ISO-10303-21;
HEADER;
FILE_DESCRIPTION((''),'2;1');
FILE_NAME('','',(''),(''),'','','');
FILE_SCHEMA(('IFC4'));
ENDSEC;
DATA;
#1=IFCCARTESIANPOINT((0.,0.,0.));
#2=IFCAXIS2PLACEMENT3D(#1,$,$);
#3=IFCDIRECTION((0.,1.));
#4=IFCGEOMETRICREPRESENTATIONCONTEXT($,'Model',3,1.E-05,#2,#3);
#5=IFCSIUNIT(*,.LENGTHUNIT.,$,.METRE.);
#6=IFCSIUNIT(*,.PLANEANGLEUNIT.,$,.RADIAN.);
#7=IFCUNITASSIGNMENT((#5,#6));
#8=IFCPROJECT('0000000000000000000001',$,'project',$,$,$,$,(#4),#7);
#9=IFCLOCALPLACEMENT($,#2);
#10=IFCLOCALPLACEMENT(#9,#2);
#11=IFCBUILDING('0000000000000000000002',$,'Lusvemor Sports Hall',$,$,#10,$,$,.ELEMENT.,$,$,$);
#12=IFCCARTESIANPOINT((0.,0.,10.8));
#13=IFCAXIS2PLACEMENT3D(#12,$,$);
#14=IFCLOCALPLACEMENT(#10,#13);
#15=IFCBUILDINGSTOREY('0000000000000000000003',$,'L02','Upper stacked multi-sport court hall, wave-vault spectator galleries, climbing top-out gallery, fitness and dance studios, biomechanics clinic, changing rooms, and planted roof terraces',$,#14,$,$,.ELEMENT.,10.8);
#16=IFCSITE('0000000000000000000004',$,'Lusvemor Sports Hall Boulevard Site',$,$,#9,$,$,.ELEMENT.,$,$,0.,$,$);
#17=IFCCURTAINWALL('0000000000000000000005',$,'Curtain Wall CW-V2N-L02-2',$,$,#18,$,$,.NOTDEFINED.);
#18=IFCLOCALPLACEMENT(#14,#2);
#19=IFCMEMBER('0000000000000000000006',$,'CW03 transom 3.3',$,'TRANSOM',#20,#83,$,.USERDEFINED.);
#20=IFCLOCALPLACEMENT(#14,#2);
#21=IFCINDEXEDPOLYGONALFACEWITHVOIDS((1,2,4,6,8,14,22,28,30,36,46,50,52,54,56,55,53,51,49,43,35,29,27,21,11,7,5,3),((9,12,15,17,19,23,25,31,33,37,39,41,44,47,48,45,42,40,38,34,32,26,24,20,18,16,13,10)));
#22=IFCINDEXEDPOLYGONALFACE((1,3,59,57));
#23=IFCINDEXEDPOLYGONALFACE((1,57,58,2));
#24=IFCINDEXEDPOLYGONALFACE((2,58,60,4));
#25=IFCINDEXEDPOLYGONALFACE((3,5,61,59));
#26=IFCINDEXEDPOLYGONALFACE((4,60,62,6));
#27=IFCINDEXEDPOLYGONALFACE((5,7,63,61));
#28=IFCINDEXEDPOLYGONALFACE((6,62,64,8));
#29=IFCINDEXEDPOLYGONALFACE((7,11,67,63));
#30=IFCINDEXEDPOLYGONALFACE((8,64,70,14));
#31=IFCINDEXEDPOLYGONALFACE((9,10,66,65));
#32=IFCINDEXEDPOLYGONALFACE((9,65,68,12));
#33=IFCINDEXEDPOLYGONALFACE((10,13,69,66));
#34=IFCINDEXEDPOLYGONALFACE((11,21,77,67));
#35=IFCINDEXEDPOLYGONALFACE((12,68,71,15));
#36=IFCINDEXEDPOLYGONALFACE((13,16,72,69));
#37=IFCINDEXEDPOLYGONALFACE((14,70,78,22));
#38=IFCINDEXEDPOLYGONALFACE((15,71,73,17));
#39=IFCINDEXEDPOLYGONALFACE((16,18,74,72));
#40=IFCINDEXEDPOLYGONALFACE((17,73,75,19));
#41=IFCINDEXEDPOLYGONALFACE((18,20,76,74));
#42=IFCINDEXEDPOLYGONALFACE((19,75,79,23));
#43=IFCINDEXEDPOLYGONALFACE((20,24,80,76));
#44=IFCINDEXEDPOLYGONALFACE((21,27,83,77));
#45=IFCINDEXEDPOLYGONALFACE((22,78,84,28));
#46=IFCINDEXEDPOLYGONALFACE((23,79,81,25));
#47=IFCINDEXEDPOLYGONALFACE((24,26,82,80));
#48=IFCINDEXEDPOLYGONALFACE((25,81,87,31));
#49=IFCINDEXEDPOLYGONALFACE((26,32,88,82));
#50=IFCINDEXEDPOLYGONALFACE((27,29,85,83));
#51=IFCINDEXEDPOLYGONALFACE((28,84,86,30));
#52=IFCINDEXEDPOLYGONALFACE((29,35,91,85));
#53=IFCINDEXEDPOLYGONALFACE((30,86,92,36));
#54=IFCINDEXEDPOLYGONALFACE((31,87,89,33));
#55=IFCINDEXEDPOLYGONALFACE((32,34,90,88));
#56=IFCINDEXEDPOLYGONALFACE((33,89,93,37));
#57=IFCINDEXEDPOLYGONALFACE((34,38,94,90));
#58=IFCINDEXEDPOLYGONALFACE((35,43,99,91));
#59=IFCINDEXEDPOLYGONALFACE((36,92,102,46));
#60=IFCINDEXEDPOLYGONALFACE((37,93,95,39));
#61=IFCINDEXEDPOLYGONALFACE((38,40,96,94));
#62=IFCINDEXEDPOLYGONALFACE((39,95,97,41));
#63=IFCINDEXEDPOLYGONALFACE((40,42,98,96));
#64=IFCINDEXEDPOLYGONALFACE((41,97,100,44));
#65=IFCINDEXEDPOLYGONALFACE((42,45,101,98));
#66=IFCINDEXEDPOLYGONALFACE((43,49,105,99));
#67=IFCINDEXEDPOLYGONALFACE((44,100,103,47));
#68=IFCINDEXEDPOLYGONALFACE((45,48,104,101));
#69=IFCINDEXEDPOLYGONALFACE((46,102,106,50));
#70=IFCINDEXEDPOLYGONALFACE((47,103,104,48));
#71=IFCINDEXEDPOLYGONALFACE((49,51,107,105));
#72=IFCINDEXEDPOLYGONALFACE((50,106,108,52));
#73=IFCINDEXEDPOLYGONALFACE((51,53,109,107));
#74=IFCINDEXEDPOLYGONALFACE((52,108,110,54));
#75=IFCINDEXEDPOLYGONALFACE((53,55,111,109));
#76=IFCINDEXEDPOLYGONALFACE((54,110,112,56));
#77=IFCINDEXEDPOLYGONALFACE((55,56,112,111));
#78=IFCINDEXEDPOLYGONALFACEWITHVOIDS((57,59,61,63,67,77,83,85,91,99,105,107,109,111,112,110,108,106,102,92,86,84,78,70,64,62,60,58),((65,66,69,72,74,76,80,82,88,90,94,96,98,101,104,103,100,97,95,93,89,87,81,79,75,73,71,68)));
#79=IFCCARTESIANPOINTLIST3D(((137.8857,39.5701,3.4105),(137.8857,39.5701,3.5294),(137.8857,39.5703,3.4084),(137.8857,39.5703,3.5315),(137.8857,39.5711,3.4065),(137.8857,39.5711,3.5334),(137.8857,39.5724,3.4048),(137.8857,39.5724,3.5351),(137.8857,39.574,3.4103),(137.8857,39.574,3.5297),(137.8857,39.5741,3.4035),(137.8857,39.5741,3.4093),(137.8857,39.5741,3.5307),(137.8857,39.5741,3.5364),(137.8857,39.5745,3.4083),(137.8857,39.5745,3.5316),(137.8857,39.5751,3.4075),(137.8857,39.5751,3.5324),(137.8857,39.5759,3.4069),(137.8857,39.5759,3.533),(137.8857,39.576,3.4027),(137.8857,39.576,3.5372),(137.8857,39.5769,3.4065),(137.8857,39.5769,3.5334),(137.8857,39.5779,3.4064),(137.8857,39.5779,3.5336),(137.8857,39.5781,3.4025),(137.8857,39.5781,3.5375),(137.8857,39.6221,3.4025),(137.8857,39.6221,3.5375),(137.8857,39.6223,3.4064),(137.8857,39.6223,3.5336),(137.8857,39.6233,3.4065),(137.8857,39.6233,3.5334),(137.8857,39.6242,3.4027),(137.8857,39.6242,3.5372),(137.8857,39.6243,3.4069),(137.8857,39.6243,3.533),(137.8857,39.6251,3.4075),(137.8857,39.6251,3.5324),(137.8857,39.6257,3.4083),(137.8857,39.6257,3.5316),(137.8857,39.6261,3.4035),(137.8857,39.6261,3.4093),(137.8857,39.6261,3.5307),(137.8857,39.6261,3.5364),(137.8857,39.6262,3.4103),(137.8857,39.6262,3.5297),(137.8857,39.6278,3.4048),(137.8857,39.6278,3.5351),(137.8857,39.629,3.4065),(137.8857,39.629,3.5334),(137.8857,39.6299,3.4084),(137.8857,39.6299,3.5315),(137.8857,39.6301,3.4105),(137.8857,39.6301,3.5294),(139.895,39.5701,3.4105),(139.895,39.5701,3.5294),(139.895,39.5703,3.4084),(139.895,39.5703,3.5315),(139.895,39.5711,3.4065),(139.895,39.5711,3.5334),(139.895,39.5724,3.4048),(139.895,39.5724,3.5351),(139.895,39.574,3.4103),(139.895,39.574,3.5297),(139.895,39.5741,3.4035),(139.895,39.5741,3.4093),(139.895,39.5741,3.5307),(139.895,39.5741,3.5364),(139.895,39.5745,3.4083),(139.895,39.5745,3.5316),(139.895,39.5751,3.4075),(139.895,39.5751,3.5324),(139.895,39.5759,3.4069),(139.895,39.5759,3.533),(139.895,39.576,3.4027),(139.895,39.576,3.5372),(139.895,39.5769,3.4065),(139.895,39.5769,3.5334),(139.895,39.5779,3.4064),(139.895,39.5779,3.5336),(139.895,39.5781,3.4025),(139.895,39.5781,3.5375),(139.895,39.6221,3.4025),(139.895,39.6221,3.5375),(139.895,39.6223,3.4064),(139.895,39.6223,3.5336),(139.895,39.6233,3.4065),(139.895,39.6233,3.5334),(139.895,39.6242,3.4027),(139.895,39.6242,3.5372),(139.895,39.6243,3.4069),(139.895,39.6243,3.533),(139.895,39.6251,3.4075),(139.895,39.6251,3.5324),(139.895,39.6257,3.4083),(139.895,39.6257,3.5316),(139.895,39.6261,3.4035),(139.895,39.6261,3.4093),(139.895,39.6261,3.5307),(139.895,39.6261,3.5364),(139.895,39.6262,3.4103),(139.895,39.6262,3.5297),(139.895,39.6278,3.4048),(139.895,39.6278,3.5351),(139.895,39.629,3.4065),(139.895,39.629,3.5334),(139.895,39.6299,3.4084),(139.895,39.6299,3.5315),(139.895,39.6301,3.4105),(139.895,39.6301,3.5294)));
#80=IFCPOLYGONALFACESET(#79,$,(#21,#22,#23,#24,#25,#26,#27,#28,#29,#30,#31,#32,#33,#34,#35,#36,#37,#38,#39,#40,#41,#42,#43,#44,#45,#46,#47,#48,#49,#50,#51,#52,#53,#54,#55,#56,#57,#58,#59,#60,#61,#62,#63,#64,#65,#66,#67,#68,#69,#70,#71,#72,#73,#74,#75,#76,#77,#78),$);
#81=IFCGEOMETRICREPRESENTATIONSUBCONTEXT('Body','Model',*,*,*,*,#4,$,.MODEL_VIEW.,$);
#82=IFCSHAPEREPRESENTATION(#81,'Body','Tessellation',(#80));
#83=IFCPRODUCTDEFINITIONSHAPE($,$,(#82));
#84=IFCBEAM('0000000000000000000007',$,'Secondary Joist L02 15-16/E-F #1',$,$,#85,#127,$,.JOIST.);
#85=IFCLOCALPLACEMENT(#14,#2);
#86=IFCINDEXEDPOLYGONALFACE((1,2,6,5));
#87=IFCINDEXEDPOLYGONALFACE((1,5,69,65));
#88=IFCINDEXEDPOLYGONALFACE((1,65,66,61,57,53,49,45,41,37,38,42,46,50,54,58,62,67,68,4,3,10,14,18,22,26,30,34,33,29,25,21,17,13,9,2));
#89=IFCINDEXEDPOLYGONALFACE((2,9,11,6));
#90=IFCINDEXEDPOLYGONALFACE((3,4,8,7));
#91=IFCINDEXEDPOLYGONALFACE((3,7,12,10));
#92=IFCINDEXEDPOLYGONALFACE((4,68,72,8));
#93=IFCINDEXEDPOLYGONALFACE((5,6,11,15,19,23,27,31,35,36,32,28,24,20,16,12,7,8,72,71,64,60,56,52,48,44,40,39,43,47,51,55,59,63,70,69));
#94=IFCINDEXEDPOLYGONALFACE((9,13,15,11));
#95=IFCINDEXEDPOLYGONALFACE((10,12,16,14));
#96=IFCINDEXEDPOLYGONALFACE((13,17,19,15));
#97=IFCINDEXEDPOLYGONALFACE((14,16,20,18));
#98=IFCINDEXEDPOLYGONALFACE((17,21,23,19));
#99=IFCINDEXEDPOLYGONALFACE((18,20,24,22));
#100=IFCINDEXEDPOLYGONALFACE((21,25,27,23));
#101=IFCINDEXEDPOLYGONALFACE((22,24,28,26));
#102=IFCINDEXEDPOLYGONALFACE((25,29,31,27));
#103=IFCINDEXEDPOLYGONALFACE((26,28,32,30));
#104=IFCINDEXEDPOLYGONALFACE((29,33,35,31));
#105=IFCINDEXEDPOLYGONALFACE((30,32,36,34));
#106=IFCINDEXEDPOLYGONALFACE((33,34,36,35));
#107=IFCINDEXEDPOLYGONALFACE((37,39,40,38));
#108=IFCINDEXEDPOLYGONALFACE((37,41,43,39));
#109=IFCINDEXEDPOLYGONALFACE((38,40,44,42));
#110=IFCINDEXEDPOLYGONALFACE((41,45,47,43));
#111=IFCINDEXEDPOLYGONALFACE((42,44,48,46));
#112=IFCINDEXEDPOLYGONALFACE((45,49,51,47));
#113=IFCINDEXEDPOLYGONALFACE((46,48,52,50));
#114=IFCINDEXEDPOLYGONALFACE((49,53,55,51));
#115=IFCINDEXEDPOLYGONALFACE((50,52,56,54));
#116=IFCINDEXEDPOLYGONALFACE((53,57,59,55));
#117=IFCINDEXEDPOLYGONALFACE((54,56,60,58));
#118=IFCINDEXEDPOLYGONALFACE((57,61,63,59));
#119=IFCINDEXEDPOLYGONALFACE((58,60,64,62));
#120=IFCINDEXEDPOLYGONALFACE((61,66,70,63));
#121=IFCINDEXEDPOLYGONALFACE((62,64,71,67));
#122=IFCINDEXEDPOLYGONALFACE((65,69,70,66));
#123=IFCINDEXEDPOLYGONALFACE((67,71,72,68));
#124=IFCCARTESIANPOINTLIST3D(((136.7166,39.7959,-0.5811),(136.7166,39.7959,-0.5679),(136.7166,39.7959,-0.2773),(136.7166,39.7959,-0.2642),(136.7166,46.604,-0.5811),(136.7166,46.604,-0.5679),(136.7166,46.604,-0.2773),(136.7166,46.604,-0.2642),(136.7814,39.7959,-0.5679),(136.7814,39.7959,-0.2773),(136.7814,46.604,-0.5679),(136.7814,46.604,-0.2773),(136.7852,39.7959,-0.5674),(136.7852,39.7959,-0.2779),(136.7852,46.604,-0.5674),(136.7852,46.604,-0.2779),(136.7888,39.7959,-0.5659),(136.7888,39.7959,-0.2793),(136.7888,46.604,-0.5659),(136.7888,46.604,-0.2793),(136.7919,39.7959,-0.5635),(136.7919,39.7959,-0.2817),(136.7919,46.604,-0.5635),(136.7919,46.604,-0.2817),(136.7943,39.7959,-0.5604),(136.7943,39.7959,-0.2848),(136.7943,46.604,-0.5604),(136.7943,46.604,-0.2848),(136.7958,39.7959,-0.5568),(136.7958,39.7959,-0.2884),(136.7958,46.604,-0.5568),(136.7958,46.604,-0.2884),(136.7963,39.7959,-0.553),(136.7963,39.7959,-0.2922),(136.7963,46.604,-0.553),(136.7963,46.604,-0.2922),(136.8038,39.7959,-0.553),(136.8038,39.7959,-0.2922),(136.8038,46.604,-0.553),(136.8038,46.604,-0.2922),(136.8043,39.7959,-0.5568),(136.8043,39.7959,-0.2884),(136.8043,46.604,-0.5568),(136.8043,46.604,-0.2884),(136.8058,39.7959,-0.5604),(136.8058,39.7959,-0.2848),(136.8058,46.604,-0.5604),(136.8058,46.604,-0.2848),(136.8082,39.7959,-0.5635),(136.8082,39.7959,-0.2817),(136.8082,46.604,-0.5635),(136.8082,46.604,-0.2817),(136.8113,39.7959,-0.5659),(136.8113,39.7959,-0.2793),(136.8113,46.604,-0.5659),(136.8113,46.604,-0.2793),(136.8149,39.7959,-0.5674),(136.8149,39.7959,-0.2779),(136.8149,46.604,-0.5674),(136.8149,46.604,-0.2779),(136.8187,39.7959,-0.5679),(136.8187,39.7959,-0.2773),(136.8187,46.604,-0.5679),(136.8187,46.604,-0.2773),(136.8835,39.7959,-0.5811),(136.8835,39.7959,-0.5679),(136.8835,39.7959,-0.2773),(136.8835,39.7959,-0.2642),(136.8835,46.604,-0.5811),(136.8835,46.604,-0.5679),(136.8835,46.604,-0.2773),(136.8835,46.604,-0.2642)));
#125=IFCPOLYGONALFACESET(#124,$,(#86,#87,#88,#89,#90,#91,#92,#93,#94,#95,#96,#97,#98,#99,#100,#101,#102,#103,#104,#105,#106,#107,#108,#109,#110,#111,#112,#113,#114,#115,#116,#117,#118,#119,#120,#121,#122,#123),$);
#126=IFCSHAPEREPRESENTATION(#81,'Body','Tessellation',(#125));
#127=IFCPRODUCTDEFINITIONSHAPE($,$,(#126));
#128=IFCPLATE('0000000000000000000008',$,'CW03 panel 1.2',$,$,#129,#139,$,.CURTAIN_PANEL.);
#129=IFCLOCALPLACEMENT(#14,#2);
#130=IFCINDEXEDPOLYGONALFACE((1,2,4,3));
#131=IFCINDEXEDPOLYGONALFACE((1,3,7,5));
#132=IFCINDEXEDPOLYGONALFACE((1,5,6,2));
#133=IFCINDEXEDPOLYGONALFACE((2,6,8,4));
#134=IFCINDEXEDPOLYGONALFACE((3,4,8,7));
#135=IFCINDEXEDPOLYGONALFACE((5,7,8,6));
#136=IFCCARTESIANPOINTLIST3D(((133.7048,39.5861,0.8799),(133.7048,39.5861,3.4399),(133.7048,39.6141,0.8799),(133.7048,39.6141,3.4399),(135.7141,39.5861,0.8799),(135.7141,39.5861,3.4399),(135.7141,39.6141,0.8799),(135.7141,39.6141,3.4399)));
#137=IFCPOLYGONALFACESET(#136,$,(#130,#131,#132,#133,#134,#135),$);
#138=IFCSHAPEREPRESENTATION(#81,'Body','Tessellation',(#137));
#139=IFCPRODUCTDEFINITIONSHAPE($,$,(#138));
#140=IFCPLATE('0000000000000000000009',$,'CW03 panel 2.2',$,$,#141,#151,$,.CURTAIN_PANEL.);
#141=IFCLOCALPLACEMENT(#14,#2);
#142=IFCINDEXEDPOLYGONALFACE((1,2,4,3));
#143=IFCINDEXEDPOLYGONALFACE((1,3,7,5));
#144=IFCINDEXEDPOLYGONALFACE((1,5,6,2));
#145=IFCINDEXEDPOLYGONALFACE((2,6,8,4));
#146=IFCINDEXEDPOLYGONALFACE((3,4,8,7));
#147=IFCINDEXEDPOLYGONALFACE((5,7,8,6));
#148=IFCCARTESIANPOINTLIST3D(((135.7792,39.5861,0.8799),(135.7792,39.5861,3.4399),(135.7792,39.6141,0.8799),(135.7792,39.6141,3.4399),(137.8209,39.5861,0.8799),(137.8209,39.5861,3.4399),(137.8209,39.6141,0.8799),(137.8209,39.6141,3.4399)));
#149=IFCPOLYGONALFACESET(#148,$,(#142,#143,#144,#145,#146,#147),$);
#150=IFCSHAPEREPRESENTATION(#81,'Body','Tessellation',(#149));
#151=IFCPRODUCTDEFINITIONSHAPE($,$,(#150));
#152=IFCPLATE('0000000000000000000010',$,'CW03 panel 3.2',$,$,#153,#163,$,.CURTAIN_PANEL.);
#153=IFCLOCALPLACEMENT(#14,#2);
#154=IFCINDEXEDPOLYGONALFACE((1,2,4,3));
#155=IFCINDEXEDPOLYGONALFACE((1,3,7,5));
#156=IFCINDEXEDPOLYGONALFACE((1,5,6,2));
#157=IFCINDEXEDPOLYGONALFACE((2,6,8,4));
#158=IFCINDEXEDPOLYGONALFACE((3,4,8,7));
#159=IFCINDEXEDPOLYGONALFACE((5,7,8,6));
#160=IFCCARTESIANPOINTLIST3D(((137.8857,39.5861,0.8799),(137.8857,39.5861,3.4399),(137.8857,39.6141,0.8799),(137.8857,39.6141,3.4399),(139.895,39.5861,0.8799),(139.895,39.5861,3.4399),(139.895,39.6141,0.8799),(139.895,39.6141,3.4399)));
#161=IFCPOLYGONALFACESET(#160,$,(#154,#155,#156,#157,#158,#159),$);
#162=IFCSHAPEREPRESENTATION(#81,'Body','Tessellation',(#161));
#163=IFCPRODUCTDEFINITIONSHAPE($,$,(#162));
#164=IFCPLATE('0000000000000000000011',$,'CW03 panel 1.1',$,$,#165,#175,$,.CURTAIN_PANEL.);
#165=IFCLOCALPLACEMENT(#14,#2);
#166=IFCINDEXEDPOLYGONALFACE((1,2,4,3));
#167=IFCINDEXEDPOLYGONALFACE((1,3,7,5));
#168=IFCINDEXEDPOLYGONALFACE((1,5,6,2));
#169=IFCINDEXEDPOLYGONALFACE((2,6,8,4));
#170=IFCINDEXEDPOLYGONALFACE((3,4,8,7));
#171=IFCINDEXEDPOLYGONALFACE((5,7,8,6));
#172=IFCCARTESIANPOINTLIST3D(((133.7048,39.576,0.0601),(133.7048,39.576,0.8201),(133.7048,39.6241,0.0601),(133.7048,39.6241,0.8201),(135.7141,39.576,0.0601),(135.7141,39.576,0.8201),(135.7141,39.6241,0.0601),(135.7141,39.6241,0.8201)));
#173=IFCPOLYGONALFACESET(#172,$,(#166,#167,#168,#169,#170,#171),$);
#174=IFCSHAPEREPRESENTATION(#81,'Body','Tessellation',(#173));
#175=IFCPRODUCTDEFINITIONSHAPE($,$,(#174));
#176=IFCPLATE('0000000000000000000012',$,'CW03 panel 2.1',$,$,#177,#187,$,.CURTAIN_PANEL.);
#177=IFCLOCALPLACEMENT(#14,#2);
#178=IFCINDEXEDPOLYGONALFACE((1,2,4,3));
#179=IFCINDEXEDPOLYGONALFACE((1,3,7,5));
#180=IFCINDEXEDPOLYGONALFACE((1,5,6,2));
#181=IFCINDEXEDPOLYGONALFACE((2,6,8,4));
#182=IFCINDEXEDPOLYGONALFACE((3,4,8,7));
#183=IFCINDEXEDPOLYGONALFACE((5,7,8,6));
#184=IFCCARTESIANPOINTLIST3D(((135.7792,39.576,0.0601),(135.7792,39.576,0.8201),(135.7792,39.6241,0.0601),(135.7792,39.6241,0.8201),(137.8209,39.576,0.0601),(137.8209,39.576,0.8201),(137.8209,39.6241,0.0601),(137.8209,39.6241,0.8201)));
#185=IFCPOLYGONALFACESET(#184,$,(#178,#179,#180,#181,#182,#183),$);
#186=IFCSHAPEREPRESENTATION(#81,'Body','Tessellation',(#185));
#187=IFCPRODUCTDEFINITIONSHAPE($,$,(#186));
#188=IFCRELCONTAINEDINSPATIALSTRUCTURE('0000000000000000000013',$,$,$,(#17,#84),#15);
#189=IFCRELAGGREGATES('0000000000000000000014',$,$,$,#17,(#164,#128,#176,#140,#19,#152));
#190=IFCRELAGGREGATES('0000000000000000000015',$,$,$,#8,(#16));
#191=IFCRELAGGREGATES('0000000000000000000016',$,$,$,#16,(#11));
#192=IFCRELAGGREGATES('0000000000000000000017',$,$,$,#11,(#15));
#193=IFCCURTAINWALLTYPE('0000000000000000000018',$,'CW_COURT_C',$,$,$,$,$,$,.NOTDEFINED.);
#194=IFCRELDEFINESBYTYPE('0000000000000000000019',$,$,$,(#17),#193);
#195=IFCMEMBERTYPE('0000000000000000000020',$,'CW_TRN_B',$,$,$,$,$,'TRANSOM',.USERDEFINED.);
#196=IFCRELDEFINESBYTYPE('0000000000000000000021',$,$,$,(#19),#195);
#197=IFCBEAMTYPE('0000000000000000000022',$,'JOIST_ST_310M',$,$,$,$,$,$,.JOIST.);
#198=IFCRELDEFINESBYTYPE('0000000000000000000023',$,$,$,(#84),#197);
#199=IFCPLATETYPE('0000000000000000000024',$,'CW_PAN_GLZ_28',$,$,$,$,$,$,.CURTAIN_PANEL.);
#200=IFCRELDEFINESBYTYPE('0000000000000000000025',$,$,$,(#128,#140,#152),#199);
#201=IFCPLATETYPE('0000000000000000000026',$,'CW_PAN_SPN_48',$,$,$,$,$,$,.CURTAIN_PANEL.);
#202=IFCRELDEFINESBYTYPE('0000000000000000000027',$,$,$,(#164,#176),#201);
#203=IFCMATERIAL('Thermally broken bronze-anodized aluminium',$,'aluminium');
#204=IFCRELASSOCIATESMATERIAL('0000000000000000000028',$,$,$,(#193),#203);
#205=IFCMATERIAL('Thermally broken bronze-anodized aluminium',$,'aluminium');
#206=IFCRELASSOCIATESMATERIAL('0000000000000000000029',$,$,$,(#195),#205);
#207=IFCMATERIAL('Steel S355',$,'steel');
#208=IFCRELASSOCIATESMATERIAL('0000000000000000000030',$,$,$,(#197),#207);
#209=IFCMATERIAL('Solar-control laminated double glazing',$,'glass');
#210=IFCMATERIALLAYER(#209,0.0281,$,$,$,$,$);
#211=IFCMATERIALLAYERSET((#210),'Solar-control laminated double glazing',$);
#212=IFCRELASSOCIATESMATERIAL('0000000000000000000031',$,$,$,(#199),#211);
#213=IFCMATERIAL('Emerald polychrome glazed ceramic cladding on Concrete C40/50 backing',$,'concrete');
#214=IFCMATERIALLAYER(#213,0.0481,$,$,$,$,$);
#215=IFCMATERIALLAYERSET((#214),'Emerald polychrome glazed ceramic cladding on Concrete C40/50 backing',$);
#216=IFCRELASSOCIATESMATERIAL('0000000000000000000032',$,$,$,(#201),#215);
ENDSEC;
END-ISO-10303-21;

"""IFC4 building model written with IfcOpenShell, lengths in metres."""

from ifc_helpers import new_model, si_unit, direction, frame, origin, origin_2d, place, context, subcontext, project, spatial, rectangle, hollow_rectangle, i_section, extrude, material, layer, layer_set, material_profile, profile_set, type_object, element, aggregate, save


model = new_model("IFC4")

# Units and contexts
model_context = context("Model", 3, precision=1e-05, world=origin(), true_north=direction((0.0, 1.0)))
body_context = subcontext(model_context, "Body", "Model", "MODEL_VIEW")
ifc_project = project(units=[si_unit("LENGTHUNIT", "METRE"), si_unit("PLANEANGLEUNIT", "RADIAN")], contexts=[model_context])

# Site, building, storey
site_placement = place(None, origin())
site = spatial("IfcSite", under=ifc_project, at=site_placement, Name="Lusvemor Sports Hall Boulevard Site", CompositionType="ELEMENT", RefElevation=0.0)
building_placement = place(site_placement, origin())
building = spatial("IfcBuilding", under=site, at=building_placement, Name="Lusvemor Sports Hall", CompositionType="ELEMENT")
storey_placement = place(building_placement, frame((0.0, 0.0, 10.8)))
storey = spatial("IfcBuildingStorey", under=building, at=storey_placement, Name="L02", Description="Upper stacked multi-sport court hall, wave-vault spectator galleries, climbing top-out gallery, fitness and dance studios, biomechanics clinic, changing rooms, and planted roof terraces", CompositionType="ELEMENT", Elevation=10.8)

# Curtain wall, member
ifc_material_1 = material(Name="Thermally broken bronze-anodized aluminium", Category="aluminium")
curtain_wall_type = type_object("IfcCurtainWallType", Name="CW_COURT_C", PredefinedType="NOTDEFINED", material=ifc_material_1)
curtain_wall_placement = place(storey_placement, origin())
curtain_wall = element("IfcCurtainWall", 1, at=curtain_wall_placement, inside=storey, type_object=curtain_wall_type, Name="Curtain Wall CW-V2N-L02-2", PredefinedType="NOTDEFINED")
ifc_material_2 = material(Name="Thermally broken bronze-anodized aluminium", Category="aluminium")
ifc_material_profile_1 = material_profile(ifc_material_2, hollow_rectangle(XDim=0.0601, YDim=0.135, WallThickness=0.0039, InnerFilletRadius=0.0039, OuterFilletRadius=0.0081, at=origin_2d()), Name="CWTRN135x60x4")
ifc_profile_set_1 = profile_set([ifc_material_profile_1], Name="Thermally broken bronze-anodized aluminium")
member_type_1 = type_object("IfcMemberType", Name="CW_TRN_B", ElementType="TRANSOM", PredefinedType="USERDEFINED", material=ifc_profile_set_1)
member_1_placement = place(storey_placement, frame((137.8857, 39.6001, 3.47), z_axis=(1.0, 0.0, 0.0), x_axis=(0.0, 1.0, 0.0)))
member_1 = element("IfcMember", 2, at=member_1_placement, type_object=member_type_1, Name="CW03 transom 3.3", ObjectType="TRANSOM", PredefinedType="USERDEFINED", context=body_context, shape_type="SweptSolid", body=[
    extrude(hollow_rectangle(XDim=0.0601, YDim=0.135, WallThickness=0.0039, InnerFilletRadius=0.0039, OuterFilletRadius=0.0081, at=origin_2d()), origin(), (0.0, 0.0, 1.0), 2.0093),
])

# Beam
ifc_material_3 = material(Name="Steel S355", Category="steel")
ifc_material_profile_2 = material_profile(ifc_material_3, i_section(OverallWidth=0.167, OverallDepth=0.3169, WebThickness=0.0076, FlangeThickness=0.0132, FilletRadius=0.0149, at=origin_2d()), Name="W310x52.0")
ifc_profile_set_2 = profile_set([ifc_material_profile_2], Name="Steel S355")
beam_type_1 = type_object("IfcBeamType", Name="JOIST_ST_310M", PredefinedType="JOIST", material=ifc_profile_set_2)
beam_1_placement = place(storey_placement, frame((136.8, 39.7959, -0.4226), z_axis=(0.0, 1.0, 0.0), x_axis=(-1.0, 0.0, 0.0)))
element("IfcBeam", 3, at=beam_1_placement, inside=storey, type_object=beam_type_1, Name="Secondary Joist L02 15-16/E-F #1", PredefinedType="JOIST", context=body_context, shape_type="SweptSolid", body=[
    extrude(i_section(OverallWidth=0.167, OverallDepth=0.3169, WebThickness=0.0076, FlangeThickness=0.0132, FilletRadius=0.0149, at=origin_2d()), origin(), (0.0, 0.0, 1.0), 6.8081),
])

# Plates
ifc_material_4 = material(Name="Solar-control laminated double glazing", Category="glass")
ifc_layer_1 = layer(ifc_material_4, 0.0281)
ifc_layer_set_1 = layer_set([ifc_layer_1], Name="Solar-control laminated double glazing")
plate_type_1 = type_object("IfcPlateType", Name="CW_PAN_GLZ_28", PredefinedType="CURTAIN_PANEL", material=ifc_layer_set_1)
plate_1_placement = place(storey_placement, frame((134.7095, 39.6001, 0.8799), z_axis=(0.0, 0.0, 1.0), x_axis=(1.0, 0.0, 0.0)))
plate_1 = element("IfcPlate", 4, at=plate_1_placement, type_object=plate_type_1, Name="CW03 panel 1.2", PredefinedType="CURTAIN_PANEL", context=body_context, shape_type="SweptSolid", body=[
    extrude(rectangle(XDim=2.0093, YDim=0.0281, at=origin_2d()), origin(), (0.0, 0.0, 1.0), 2.5601),
])
plate_2_placement = place(storey_placement, frame((136.8, 39.6001, 0.8799), z_axis=(0.0, 0.0, 1.0), x_axis=(1.0, 0.0, 0.0)))
plate_2 = element("IfcPlate", 5, at=plate_2_placement, type_object=plate_type_1, Name="CW03 panel 2.2", PredefinedType="CURTAIN_PANEL", context=body_context, shape_type="SweptSolid", body=[
    extrude(rectangle(XDim=2.0417, YDim=0.0281, at=origin_2d()), origin(), (0.0, 0.0, 1.0), 2.5601),
])
plate_3_placement = place(storey_placement, frame((138.8904, 39.6001, 0.8799), z_axis=(0.0, 0.0, 1.0), x_axis=(1.0, 0.0, 0.0)))
plate_3 = element("IfcPlate", 6, at=plate_3_placement, type_object=plate_type_1, Name="CW03 panel 3.2", PredefinedType="CURTAIN_PANEL", context=body_context, shape_type="SweptSolid", body=[
    extrude(rectangle(XDim=2.0093, YDim=0.0281, at=origin_2d()), origin(), (0.0, 0.0, 1.0), 2.5601),
])
ifc_material_5 = material(Name="Emerald polychrome glazed ceramic cladding on Concrete C40/50 backing", Category="concrete")
ifc_layer_2 = layer(ifc_material_5, 0.0481)
ifc_layer_set_2 = layer_set([ifc_layer_2], Name="Emerald polychrome glazed ceramic cladding on Concrete C40/50 backing")
plate_type_2 = type_object("IfcPlateType", Name="CW_PAN_SPN_48", PredefinedType="CURTAIN_PANEL", material=ifc_layer_set_2)
plate_4_placement = place(storey_placement, frame((134.7095, 39.6001, 0.0601), z_axis=(0.0, 0.0, 1.0), x_axis=(1.0, 0.0, 0.0)))
plate_4 = element("IfcPlate", 7, at=plate_4_placement, type_object=plate_type_2, Name="CW03 panel 1.1", PredefinedType="CURTAIN_PANEL", context=body_context, shape_type="SweptSolid", body=[
    extrude(rectangle(XDim=2.0093, YDim=0.0481, at=origin_2d()), origin(), (0.0, 0.0, 1.0), 0.76),
])
plate_5_placement = place(storey_placement, frame((136.8, 39.6001, 0.0601), z_axis=(0.0, 0.0, 1.0), x_axis=(1.0, 0.0, 0.0)))
plate_5 = element("IfcPlate", 8, at=plate_5_placement, type_object=plate_type_2, Name="CW03 panel 2.1", PredefinedType="CURTAIN_PANEL", context=body_context, shape_type="SweptSolid", body=[
    extrude(rectangle(XDim=2.0417, YDim=0.0481, at=origin_2d()), origin(), (0.0, 0.0, 1.0), 0.76),
])
aggregate(curtain_wall, [plate_4, plate_1, plate_5, plate_2, member_1, plate_3])

save(model, "model.ifc")
